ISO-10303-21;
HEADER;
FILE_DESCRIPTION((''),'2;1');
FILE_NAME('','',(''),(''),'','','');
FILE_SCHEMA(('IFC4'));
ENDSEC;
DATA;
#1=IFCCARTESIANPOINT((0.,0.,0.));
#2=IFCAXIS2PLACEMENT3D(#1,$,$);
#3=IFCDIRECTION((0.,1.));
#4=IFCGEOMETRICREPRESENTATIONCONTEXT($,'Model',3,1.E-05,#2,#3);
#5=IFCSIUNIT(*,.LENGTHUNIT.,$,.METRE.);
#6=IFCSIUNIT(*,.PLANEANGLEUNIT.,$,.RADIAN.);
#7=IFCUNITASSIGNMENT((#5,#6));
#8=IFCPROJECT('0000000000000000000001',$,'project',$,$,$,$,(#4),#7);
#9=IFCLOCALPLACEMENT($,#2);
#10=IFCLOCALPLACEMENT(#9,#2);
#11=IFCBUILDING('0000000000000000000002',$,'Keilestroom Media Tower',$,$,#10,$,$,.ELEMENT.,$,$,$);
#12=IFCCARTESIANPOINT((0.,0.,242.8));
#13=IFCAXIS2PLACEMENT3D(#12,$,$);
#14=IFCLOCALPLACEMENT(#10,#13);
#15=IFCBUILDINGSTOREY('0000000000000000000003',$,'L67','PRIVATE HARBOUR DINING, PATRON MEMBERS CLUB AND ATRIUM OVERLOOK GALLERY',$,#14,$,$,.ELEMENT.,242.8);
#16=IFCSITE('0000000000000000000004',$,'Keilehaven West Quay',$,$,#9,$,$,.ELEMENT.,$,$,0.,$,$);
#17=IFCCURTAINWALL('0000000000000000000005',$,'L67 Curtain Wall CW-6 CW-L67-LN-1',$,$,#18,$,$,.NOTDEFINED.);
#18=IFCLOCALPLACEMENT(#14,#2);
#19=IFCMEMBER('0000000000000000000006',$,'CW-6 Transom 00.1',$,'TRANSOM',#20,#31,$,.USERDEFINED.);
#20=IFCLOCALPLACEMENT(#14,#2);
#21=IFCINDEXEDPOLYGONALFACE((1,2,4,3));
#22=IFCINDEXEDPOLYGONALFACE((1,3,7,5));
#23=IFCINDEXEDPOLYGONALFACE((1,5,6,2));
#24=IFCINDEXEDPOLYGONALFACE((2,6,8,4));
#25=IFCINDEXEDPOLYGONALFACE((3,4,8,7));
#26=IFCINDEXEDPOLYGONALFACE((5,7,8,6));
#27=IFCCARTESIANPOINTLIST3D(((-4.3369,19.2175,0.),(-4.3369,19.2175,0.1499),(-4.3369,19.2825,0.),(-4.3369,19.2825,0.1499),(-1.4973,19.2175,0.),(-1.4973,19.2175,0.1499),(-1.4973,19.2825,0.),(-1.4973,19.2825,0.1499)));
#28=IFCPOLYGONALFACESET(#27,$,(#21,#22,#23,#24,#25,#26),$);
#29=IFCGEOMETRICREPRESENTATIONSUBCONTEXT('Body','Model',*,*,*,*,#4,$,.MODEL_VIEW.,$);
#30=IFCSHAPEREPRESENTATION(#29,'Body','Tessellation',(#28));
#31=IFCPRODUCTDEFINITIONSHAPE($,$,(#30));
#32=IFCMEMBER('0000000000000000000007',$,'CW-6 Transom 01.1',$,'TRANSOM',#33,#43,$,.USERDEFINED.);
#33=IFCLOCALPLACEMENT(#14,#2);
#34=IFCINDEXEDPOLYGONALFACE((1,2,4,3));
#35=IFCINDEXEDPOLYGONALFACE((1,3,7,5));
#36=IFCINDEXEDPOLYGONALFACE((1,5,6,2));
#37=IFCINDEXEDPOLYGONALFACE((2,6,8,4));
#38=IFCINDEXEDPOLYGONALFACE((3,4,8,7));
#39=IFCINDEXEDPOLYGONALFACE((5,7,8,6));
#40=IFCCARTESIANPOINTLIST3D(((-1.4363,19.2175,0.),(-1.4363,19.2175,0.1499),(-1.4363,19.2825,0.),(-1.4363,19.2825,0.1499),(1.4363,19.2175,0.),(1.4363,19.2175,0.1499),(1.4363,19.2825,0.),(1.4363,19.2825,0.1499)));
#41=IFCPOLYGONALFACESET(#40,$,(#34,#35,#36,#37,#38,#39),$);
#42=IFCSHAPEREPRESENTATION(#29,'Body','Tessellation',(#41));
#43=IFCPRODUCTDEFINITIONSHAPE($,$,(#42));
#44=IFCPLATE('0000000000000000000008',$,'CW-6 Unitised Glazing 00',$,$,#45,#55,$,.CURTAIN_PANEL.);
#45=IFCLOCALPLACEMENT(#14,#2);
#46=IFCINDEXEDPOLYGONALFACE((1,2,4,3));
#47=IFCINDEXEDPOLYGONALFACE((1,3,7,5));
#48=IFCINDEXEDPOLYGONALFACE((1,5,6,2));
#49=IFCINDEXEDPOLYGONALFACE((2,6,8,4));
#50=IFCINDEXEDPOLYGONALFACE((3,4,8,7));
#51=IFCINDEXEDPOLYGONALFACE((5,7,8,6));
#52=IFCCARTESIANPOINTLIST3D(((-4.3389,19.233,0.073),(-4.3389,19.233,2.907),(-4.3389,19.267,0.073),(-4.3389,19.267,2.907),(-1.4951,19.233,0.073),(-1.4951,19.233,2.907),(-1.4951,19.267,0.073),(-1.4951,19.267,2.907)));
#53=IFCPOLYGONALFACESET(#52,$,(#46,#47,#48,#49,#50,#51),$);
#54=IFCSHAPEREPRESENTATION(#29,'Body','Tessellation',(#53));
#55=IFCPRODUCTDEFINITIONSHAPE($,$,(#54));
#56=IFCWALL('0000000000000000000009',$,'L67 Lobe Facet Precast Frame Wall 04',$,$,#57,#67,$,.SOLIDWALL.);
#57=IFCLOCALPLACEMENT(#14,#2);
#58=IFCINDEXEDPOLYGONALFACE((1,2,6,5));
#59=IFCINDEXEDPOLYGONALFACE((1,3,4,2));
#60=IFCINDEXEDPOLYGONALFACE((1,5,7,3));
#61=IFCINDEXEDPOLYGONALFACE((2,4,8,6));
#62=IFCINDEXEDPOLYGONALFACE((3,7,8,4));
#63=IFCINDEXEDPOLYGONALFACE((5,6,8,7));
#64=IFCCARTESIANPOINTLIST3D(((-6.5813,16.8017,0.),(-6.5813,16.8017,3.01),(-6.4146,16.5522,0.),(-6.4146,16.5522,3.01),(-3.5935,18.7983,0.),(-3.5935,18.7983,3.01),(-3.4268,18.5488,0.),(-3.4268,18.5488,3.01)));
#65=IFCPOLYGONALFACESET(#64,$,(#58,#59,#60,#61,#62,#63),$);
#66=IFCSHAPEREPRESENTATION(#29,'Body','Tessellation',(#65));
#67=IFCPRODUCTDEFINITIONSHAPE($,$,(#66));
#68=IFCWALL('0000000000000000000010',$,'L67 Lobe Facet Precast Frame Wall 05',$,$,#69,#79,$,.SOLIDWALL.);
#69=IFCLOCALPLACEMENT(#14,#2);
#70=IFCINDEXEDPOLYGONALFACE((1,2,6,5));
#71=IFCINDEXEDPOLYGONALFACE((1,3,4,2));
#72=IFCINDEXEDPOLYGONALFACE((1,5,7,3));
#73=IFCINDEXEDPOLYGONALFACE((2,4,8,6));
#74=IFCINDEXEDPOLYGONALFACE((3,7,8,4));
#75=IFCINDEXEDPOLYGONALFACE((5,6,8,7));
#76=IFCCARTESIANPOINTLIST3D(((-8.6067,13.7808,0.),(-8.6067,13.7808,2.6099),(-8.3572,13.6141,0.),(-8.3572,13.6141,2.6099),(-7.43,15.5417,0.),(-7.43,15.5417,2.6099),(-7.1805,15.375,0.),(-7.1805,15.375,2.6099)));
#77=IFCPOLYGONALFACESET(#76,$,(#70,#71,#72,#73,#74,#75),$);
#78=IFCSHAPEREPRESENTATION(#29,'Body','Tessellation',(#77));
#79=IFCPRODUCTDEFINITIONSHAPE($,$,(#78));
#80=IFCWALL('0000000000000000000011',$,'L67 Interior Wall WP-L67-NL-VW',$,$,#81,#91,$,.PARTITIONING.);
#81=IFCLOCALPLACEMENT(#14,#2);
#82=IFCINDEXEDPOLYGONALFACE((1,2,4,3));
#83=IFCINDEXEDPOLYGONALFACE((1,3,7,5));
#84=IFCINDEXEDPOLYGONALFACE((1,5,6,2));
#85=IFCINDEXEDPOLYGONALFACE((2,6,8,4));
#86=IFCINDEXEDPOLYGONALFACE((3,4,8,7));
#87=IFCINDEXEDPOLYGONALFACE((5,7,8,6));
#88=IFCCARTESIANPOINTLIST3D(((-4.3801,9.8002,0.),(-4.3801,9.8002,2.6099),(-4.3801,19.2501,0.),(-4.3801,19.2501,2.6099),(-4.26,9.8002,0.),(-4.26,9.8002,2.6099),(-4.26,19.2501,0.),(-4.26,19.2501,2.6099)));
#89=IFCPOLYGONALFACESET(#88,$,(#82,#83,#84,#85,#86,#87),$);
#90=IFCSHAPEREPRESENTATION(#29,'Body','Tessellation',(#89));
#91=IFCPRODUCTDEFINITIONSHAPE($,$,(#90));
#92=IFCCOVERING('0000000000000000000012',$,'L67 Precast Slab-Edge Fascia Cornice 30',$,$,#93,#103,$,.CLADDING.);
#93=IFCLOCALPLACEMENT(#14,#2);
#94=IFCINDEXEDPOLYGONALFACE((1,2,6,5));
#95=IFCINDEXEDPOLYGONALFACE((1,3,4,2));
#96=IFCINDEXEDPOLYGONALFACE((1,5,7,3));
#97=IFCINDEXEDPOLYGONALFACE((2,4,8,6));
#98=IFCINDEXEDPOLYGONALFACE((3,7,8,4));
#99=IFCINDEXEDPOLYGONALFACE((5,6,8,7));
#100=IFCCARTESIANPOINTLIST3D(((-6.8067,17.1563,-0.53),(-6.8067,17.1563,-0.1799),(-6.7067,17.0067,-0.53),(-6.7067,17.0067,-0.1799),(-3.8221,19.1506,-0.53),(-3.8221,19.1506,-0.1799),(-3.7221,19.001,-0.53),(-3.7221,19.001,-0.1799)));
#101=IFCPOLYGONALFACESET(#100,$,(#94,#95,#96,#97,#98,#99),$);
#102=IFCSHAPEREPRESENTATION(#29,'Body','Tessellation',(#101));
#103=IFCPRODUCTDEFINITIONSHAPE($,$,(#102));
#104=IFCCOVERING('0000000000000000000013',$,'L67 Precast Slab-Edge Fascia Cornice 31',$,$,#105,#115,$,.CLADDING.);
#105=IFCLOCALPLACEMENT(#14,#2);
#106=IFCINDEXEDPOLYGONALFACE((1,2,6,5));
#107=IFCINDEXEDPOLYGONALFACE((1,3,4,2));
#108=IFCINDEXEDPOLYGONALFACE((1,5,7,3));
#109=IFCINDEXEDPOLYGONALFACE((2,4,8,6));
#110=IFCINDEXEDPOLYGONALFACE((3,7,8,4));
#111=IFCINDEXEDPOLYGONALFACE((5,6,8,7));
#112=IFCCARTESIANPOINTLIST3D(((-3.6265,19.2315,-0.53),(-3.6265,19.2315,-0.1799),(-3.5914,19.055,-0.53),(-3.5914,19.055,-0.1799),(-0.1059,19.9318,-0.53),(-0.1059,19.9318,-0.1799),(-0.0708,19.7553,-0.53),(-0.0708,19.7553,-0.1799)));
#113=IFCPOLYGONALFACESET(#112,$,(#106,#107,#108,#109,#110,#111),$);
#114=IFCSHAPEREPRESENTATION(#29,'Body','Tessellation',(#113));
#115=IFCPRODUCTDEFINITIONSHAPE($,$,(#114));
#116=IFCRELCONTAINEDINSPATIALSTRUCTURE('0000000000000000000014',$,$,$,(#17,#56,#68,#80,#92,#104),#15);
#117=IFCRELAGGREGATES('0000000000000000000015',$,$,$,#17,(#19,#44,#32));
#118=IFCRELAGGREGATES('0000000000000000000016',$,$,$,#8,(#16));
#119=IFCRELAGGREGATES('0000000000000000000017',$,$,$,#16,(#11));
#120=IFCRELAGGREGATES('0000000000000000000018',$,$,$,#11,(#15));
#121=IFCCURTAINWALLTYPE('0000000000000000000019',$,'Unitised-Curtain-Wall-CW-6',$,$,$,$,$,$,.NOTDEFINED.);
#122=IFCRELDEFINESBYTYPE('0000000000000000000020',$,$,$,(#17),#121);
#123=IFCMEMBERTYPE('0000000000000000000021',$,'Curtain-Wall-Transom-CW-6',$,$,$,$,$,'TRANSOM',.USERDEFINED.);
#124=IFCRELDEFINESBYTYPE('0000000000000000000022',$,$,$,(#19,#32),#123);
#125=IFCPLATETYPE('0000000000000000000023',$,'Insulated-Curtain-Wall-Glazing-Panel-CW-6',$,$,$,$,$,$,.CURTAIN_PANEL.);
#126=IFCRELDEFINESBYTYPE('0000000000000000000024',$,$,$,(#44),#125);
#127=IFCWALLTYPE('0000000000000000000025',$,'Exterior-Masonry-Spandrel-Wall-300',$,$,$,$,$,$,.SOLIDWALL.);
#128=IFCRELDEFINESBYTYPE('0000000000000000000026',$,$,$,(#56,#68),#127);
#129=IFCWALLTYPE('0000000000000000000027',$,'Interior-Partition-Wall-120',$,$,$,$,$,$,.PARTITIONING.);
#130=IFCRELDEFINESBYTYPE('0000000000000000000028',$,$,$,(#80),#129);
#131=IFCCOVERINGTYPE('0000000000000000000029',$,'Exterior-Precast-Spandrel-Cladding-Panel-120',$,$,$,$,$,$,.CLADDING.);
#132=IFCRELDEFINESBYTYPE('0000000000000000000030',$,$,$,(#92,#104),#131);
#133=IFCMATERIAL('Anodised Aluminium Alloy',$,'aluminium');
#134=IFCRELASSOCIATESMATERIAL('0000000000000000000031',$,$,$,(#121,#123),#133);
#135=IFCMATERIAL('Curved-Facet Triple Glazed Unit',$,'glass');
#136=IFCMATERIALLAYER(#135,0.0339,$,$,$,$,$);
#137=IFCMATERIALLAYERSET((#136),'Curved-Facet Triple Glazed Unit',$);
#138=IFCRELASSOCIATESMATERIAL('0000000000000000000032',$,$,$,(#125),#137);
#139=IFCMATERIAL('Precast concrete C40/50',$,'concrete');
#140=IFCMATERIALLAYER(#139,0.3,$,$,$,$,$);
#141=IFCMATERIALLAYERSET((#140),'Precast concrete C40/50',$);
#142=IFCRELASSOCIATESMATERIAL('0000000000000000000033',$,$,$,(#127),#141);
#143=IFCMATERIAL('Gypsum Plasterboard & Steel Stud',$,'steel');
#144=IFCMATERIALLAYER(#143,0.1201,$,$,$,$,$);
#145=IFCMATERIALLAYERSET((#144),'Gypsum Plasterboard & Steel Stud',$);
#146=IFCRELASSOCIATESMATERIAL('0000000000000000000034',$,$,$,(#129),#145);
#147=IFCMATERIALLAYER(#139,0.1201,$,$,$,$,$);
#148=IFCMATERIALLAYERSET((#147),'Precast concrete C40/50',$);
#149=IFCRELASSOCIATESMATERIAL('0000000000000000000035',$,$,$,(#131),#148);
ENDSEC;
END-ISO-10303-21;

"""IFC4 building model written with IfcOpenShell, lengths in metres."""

from ifc_helpers import new_model, si_unit, direction, frame, frame_2d, origin, origin_2d, place, context, subcontext, project, spatial, rectangle, extrude, source, transform, mapped, material, layer, layer_set, material_profile, profile_set, type_object, element, aggregate, save


model = new_model("IFC4")

# Units and contexts
model_context = context("Model", 3, precision=1e-05, world=origin(), true_north=direction((0.0, 1.0)))
body_context = subcontext(model_context, "Body", "Model", "MODEL_VIEW")
ifc_project = project(units=[si_unit("LENGTHUNIT", "METRE"), si_unit("PLANEANGLEUNIT", "RADIAN")], contexts=[model_context])

# Site, building, storey
site_placement = place(None, origin())
site = spatial("IfcSite", under=ifc_project, at=site_placement, Name="Keilehaven West Quay", CompositionType="ELEMENT", RefElevation=0.0)
building_placement = place(site_placement, origin())
building = spatial("IfcBuilding", under=site, at=building_placement, Name="Keilestroom Media Tower", CompositionType="ELEMENT")
storey_placement = place(building_placement, frame((0.0, 0.0, 242.8)))
storey = spatial("IfcBuildingStorey", under=building, at=storey_placement, Name="L67", Description="PRIVATE HARBOUR DINING, PATRON MEMBERS CLUB AND ATRIUM OVERLOOK GALLERY", CompositionType="ELEMENT", Elevation=242.8)

# Curtain wall, members, plate
ifc_material_1 = material(Name="Anodised Aluminium Alloy", Category="aluminium")
curtain_wall_type = type_object("IfcCurtainWallType", Name="Unitised-Curtain-Wall-CW-6", PredefinedType="NOTDEFINED", material=ifc_material_1)
curtain_wall_placement = place(storey_placement, origin())
curtain_wall = element("IfcCurtainWall", 1, at=curtain_wall_placement, inside=storey, type_object=curtain_wall_type, Name="L67 Curtain Wall CW-6 CW-L67-LN-1", PredefinedType="NOTDEFINED")
ifc_material_profile_1 = material_profile(ifc_material_1, rectangle(XDim=0.0649, YDim=0.1499, at=origin_2d()), Name="ALU TRANSOM 65x150")
ifc_profile_set_1 = profile_set([ifc_material_profile_1], Name="Anodised Aluminium Alloy")
member_type_1 = type_object("IfcMemberType", Name="Curtain-Wall-Transom-CW-6", ElementType="TRANSOM", PredefinedType="USERDEFINED", material=ifc_profile_set_1)
shared_shape_1 = source(origin(), body_context, "Body", "SweptSolid", [
    extrude(rectangle(XDim=0.0649, YDim=0.1499, at=origin_2d()), origin(), (0.0, 0.0, 1.0), 2.8396),
])
member_1_placement = place(storey_placement, frame((-4.3369, 19.25, 0.075), z_axis=(1.0, 0.0, 0.0), x_axis=(0.0, 1.0, 0.0)))
member_1 = element("IfcMember", 2, at=member_1_placement, type_object=member_type_1, Name="CW-6 Transom 00.1", ObjectType="TRANSOM", PredefinedType="USERDEFINED", context=body_context, shape_type="MappedRepresentation", body=[
    mapped(shared_shape_1, transform((0.0, 0.0, 0.0), x_axis=(1.0, 0.0, 0.0), y_axis=(0.0, 1.0, 0.0), z_axis=(0.0, 0.0, 1.0), scale=1.0)),
])
shared_shape_2 = source(origin(), body_context, "Body", "SweptSolid", [
    extrude(rectangle(XDim=0.0649, YDim=0.1499, at=origin_2d()), origin(), (0.0, 0.0, 1.0), 2.8726),
])
member_2_placement = place(storey_placement, frame((-1.4363, 19.25, 0.075), z_axis=(1.0, 0.0, 0.0), x_axis=(0.0, 1.0, 0.0)))
member_2 = element("IfcMember", 3, at=member_2_placement, type_object=member_type_1, Name="CW-6 Transom 01.1", ObjectType="TRANSOM", PredefinedType="USERDEFINED", context=body_context, shape_type="MappedRepresentation", body=[
    mapped(shared_shape_2, transform((0.0, 0.0, 0.0), x_axis=(1.0, 0.0, 0.0), y_axis=(0.0, 1.0, 0.0), z_axis=(0.0, 0.0, 1.0), scale=1.0)),
])
ifc_material_2 = material(Name="Curved-Facet Triple Glazed Unit", Category="glass")
ifc_layer_1 = layer(ifc_material_2, 0.0339)
ifc_layer_set_1 = layer_set([ifc_layer_1], Name="Curved-Facet Triple Glazed Unit")
plate_type = type_object("IfcPlateType", Name="Insulated-Curtain-Wall-Glazing-Panel-CW-6", PredefinedType="CURTAIN_PANEL", material=ifc_layer_set_1)
shared_shape_3 = source(origin(), body_context, "Body", "SweptSolid", [
    extrude(rectangle(XDim=2.8438, YDim=0.0339, at=origin_2d()), origin(), (0.0, 0.0, 1.0), 2.834),
])
plate_placement = place(storey_placement, frame((-2.917, 19.25, 0.073), z_axis=(0.0, 0.0, 1.0), x_axis=(1.0, 0.0, 0.0)))
plate = element("IfcPlate", 4, at=plate_placement, type_object=plate_type, Name="CW-6 Unitised Glazing 00", PredefinedType="CURTAIN_PANEL", context=body_context, shape_type="MappedRepresentation", body=[
    mapped(shared_shape_3, transform((0.0, 0.0, 0.0), x_axis=(1.0, 0.0, 0.0), y_axis=(0.0, 1.0, 0.0), z_axis=(0.0, 0.0, 1.0), scale=1.0)),
])
aggregate(curtain_wall, [member_1, plate, member_2])

# Walls
ifc_material_3 = material(Name="Precast concrete C40/50", Category="concrete")
ifc_layer_2 = layer(ifc_material_3, 0.3)
ifc_layer_set_2 = layer_set([ifc_layer_2], Name="Precast concrete C40/50")
wall_type_1 = type_object("IfcWallType", Name="Exterior-Masonry-Spandrel-Wall-300", PredefinedType="SOLIDWALL", material=ifc_layer_set_2)
wall_1_placement = place(storey_placement, frame((-3.51, 18.6736, 0.0), z_axis=(0.0, 0.0, 1.0), x_axis=(-0.831444, -0.555609, 0.0)))
element("IfcWall", 5, at=wall_1_placement, inside=storey, type_object=wall_type_1, Name="L67 Lobe Facet Precast Frame Wall 04", PredefinedType="SOLIDWALL", context=body_context, shape_type="SweptSolid", body=[
    extrude(rectangle(XDim=3.5935, YDim=0.3, at=frame_2d((1.7969, 0.0))), origin(), (0.0, 0.0, 1.0), 3.01),
])
wall_2_placement = place(storey_placement, frame((-7.3052, 15.4585, 0.0), z_axis=(0.0, 0.0, 1.0), x_axis=(-0.555604, -0.831447, 0.0)))
element("IfcWall", 6, at=wall_2_placement, inside=storey, type_object=wall_type_1, Name="L67 Lobe Facet Precast Frame Wall 05", PredefinedType="SOLIDWALL", context=body_context, shape_type="SweptSolid", body=[
    extrude(rectangle(XDim=2.1179, YDim=0.3, at=frame_2d((1.0591, 0.0))), origin(), (0.0, 0.0, 1.0), 2.6099),
])
ifc_material_4 = material(Name="Gypsum Plasterboard & Steel Stud", Category="steel")
ifc_layer_3 = layer(ifc_material_4, 0.1201)
ifc_layer_set_3 = layer_set([ifc_layer_3], Name="Gypsum Plasterboard & Steel Stud")
wall_type_2 = type_object("IfcWallType", Name="Interior-Partition-Wall-120", PredefinedType="PARTITIONING", material=ifc_layer_set_3)
wall_3_placement = place(storey_placement, frame((-4.3201, 9.8, 0.0), z_axis=(0.0, 0.0, 1.0), x_axis=(0.0, 1.0, 0.0)))
element("IfcWall", 7, at=wall_3_placement, inside=storey, type_object=wall_type_2, Name="L67 Interior Wall WP-L67-NL-VW", PredefinedType="PARTITIONING", context=body_context, shape_type="SweptSolid", body=[
    extrude(rectangle(XDim=9.45, YDim=0.1201, at=frame_2d((4.7251, 0.0))), origin(), (0.0, 0.0, 1.0), 2.6099),
])

# Coverings
ifc_layer_4 = layer(ifc_material_3, 0.1201)
ifc_layer_set_4 = layer_set([ifc_layer_4], Name="Precast concrete C40/50")
covering_type = type_object("IfcCoveringType", Name="Exterior-Precast-Spandrel-Cladding-Panel-120", PredefinedType="CLADDING", material=ifc_layer_set_4)
shared_shape_4 = source(origin(), body_context, "Body", "SweptSolid", [
    extrude(rectangle(XDim=3.5896, YDim=0.1799, at=origin_2d()), origin(), (0.0, 0.0, 1.0), 0.3501),
])
for number, where, z_axis, x_axis, name in (
    (8, (-5.2644, 18.0786, -0.53), (0.0, 0.0, 1.0), (0.831467, 0.555575, 0.0), "L67 Precast Slab-Edge Fascia Cornice 30"),
    (9, (-1.8486, 19.4934, -0.53), (0.0, 0.0, 1.0), (0.980784, 0.195099, 0.0), "L67 Precast Slab-Edge Fascia Cornice 31"),
):
    element("IfcCovering", number, at=place(storey_placement, frame(where, z_axis=z_axis, x_axis=x_axis)), inside=storey, type_object=covering_type, Name=name, PredefinedType="CLADDING", context=body_context, shape_type="MappedRepresentation", body=[
        mapped(shared_shape_4, transform((0.0, 0.0, 0.0), x_axis=(1.0, 0.0, 0.0), y_axis=(0.0, 1.0, 0.0), z_axis=(0.0, 0.0, 1.0), scale=1.0)),
    ])

save(model, "model.ifc")
